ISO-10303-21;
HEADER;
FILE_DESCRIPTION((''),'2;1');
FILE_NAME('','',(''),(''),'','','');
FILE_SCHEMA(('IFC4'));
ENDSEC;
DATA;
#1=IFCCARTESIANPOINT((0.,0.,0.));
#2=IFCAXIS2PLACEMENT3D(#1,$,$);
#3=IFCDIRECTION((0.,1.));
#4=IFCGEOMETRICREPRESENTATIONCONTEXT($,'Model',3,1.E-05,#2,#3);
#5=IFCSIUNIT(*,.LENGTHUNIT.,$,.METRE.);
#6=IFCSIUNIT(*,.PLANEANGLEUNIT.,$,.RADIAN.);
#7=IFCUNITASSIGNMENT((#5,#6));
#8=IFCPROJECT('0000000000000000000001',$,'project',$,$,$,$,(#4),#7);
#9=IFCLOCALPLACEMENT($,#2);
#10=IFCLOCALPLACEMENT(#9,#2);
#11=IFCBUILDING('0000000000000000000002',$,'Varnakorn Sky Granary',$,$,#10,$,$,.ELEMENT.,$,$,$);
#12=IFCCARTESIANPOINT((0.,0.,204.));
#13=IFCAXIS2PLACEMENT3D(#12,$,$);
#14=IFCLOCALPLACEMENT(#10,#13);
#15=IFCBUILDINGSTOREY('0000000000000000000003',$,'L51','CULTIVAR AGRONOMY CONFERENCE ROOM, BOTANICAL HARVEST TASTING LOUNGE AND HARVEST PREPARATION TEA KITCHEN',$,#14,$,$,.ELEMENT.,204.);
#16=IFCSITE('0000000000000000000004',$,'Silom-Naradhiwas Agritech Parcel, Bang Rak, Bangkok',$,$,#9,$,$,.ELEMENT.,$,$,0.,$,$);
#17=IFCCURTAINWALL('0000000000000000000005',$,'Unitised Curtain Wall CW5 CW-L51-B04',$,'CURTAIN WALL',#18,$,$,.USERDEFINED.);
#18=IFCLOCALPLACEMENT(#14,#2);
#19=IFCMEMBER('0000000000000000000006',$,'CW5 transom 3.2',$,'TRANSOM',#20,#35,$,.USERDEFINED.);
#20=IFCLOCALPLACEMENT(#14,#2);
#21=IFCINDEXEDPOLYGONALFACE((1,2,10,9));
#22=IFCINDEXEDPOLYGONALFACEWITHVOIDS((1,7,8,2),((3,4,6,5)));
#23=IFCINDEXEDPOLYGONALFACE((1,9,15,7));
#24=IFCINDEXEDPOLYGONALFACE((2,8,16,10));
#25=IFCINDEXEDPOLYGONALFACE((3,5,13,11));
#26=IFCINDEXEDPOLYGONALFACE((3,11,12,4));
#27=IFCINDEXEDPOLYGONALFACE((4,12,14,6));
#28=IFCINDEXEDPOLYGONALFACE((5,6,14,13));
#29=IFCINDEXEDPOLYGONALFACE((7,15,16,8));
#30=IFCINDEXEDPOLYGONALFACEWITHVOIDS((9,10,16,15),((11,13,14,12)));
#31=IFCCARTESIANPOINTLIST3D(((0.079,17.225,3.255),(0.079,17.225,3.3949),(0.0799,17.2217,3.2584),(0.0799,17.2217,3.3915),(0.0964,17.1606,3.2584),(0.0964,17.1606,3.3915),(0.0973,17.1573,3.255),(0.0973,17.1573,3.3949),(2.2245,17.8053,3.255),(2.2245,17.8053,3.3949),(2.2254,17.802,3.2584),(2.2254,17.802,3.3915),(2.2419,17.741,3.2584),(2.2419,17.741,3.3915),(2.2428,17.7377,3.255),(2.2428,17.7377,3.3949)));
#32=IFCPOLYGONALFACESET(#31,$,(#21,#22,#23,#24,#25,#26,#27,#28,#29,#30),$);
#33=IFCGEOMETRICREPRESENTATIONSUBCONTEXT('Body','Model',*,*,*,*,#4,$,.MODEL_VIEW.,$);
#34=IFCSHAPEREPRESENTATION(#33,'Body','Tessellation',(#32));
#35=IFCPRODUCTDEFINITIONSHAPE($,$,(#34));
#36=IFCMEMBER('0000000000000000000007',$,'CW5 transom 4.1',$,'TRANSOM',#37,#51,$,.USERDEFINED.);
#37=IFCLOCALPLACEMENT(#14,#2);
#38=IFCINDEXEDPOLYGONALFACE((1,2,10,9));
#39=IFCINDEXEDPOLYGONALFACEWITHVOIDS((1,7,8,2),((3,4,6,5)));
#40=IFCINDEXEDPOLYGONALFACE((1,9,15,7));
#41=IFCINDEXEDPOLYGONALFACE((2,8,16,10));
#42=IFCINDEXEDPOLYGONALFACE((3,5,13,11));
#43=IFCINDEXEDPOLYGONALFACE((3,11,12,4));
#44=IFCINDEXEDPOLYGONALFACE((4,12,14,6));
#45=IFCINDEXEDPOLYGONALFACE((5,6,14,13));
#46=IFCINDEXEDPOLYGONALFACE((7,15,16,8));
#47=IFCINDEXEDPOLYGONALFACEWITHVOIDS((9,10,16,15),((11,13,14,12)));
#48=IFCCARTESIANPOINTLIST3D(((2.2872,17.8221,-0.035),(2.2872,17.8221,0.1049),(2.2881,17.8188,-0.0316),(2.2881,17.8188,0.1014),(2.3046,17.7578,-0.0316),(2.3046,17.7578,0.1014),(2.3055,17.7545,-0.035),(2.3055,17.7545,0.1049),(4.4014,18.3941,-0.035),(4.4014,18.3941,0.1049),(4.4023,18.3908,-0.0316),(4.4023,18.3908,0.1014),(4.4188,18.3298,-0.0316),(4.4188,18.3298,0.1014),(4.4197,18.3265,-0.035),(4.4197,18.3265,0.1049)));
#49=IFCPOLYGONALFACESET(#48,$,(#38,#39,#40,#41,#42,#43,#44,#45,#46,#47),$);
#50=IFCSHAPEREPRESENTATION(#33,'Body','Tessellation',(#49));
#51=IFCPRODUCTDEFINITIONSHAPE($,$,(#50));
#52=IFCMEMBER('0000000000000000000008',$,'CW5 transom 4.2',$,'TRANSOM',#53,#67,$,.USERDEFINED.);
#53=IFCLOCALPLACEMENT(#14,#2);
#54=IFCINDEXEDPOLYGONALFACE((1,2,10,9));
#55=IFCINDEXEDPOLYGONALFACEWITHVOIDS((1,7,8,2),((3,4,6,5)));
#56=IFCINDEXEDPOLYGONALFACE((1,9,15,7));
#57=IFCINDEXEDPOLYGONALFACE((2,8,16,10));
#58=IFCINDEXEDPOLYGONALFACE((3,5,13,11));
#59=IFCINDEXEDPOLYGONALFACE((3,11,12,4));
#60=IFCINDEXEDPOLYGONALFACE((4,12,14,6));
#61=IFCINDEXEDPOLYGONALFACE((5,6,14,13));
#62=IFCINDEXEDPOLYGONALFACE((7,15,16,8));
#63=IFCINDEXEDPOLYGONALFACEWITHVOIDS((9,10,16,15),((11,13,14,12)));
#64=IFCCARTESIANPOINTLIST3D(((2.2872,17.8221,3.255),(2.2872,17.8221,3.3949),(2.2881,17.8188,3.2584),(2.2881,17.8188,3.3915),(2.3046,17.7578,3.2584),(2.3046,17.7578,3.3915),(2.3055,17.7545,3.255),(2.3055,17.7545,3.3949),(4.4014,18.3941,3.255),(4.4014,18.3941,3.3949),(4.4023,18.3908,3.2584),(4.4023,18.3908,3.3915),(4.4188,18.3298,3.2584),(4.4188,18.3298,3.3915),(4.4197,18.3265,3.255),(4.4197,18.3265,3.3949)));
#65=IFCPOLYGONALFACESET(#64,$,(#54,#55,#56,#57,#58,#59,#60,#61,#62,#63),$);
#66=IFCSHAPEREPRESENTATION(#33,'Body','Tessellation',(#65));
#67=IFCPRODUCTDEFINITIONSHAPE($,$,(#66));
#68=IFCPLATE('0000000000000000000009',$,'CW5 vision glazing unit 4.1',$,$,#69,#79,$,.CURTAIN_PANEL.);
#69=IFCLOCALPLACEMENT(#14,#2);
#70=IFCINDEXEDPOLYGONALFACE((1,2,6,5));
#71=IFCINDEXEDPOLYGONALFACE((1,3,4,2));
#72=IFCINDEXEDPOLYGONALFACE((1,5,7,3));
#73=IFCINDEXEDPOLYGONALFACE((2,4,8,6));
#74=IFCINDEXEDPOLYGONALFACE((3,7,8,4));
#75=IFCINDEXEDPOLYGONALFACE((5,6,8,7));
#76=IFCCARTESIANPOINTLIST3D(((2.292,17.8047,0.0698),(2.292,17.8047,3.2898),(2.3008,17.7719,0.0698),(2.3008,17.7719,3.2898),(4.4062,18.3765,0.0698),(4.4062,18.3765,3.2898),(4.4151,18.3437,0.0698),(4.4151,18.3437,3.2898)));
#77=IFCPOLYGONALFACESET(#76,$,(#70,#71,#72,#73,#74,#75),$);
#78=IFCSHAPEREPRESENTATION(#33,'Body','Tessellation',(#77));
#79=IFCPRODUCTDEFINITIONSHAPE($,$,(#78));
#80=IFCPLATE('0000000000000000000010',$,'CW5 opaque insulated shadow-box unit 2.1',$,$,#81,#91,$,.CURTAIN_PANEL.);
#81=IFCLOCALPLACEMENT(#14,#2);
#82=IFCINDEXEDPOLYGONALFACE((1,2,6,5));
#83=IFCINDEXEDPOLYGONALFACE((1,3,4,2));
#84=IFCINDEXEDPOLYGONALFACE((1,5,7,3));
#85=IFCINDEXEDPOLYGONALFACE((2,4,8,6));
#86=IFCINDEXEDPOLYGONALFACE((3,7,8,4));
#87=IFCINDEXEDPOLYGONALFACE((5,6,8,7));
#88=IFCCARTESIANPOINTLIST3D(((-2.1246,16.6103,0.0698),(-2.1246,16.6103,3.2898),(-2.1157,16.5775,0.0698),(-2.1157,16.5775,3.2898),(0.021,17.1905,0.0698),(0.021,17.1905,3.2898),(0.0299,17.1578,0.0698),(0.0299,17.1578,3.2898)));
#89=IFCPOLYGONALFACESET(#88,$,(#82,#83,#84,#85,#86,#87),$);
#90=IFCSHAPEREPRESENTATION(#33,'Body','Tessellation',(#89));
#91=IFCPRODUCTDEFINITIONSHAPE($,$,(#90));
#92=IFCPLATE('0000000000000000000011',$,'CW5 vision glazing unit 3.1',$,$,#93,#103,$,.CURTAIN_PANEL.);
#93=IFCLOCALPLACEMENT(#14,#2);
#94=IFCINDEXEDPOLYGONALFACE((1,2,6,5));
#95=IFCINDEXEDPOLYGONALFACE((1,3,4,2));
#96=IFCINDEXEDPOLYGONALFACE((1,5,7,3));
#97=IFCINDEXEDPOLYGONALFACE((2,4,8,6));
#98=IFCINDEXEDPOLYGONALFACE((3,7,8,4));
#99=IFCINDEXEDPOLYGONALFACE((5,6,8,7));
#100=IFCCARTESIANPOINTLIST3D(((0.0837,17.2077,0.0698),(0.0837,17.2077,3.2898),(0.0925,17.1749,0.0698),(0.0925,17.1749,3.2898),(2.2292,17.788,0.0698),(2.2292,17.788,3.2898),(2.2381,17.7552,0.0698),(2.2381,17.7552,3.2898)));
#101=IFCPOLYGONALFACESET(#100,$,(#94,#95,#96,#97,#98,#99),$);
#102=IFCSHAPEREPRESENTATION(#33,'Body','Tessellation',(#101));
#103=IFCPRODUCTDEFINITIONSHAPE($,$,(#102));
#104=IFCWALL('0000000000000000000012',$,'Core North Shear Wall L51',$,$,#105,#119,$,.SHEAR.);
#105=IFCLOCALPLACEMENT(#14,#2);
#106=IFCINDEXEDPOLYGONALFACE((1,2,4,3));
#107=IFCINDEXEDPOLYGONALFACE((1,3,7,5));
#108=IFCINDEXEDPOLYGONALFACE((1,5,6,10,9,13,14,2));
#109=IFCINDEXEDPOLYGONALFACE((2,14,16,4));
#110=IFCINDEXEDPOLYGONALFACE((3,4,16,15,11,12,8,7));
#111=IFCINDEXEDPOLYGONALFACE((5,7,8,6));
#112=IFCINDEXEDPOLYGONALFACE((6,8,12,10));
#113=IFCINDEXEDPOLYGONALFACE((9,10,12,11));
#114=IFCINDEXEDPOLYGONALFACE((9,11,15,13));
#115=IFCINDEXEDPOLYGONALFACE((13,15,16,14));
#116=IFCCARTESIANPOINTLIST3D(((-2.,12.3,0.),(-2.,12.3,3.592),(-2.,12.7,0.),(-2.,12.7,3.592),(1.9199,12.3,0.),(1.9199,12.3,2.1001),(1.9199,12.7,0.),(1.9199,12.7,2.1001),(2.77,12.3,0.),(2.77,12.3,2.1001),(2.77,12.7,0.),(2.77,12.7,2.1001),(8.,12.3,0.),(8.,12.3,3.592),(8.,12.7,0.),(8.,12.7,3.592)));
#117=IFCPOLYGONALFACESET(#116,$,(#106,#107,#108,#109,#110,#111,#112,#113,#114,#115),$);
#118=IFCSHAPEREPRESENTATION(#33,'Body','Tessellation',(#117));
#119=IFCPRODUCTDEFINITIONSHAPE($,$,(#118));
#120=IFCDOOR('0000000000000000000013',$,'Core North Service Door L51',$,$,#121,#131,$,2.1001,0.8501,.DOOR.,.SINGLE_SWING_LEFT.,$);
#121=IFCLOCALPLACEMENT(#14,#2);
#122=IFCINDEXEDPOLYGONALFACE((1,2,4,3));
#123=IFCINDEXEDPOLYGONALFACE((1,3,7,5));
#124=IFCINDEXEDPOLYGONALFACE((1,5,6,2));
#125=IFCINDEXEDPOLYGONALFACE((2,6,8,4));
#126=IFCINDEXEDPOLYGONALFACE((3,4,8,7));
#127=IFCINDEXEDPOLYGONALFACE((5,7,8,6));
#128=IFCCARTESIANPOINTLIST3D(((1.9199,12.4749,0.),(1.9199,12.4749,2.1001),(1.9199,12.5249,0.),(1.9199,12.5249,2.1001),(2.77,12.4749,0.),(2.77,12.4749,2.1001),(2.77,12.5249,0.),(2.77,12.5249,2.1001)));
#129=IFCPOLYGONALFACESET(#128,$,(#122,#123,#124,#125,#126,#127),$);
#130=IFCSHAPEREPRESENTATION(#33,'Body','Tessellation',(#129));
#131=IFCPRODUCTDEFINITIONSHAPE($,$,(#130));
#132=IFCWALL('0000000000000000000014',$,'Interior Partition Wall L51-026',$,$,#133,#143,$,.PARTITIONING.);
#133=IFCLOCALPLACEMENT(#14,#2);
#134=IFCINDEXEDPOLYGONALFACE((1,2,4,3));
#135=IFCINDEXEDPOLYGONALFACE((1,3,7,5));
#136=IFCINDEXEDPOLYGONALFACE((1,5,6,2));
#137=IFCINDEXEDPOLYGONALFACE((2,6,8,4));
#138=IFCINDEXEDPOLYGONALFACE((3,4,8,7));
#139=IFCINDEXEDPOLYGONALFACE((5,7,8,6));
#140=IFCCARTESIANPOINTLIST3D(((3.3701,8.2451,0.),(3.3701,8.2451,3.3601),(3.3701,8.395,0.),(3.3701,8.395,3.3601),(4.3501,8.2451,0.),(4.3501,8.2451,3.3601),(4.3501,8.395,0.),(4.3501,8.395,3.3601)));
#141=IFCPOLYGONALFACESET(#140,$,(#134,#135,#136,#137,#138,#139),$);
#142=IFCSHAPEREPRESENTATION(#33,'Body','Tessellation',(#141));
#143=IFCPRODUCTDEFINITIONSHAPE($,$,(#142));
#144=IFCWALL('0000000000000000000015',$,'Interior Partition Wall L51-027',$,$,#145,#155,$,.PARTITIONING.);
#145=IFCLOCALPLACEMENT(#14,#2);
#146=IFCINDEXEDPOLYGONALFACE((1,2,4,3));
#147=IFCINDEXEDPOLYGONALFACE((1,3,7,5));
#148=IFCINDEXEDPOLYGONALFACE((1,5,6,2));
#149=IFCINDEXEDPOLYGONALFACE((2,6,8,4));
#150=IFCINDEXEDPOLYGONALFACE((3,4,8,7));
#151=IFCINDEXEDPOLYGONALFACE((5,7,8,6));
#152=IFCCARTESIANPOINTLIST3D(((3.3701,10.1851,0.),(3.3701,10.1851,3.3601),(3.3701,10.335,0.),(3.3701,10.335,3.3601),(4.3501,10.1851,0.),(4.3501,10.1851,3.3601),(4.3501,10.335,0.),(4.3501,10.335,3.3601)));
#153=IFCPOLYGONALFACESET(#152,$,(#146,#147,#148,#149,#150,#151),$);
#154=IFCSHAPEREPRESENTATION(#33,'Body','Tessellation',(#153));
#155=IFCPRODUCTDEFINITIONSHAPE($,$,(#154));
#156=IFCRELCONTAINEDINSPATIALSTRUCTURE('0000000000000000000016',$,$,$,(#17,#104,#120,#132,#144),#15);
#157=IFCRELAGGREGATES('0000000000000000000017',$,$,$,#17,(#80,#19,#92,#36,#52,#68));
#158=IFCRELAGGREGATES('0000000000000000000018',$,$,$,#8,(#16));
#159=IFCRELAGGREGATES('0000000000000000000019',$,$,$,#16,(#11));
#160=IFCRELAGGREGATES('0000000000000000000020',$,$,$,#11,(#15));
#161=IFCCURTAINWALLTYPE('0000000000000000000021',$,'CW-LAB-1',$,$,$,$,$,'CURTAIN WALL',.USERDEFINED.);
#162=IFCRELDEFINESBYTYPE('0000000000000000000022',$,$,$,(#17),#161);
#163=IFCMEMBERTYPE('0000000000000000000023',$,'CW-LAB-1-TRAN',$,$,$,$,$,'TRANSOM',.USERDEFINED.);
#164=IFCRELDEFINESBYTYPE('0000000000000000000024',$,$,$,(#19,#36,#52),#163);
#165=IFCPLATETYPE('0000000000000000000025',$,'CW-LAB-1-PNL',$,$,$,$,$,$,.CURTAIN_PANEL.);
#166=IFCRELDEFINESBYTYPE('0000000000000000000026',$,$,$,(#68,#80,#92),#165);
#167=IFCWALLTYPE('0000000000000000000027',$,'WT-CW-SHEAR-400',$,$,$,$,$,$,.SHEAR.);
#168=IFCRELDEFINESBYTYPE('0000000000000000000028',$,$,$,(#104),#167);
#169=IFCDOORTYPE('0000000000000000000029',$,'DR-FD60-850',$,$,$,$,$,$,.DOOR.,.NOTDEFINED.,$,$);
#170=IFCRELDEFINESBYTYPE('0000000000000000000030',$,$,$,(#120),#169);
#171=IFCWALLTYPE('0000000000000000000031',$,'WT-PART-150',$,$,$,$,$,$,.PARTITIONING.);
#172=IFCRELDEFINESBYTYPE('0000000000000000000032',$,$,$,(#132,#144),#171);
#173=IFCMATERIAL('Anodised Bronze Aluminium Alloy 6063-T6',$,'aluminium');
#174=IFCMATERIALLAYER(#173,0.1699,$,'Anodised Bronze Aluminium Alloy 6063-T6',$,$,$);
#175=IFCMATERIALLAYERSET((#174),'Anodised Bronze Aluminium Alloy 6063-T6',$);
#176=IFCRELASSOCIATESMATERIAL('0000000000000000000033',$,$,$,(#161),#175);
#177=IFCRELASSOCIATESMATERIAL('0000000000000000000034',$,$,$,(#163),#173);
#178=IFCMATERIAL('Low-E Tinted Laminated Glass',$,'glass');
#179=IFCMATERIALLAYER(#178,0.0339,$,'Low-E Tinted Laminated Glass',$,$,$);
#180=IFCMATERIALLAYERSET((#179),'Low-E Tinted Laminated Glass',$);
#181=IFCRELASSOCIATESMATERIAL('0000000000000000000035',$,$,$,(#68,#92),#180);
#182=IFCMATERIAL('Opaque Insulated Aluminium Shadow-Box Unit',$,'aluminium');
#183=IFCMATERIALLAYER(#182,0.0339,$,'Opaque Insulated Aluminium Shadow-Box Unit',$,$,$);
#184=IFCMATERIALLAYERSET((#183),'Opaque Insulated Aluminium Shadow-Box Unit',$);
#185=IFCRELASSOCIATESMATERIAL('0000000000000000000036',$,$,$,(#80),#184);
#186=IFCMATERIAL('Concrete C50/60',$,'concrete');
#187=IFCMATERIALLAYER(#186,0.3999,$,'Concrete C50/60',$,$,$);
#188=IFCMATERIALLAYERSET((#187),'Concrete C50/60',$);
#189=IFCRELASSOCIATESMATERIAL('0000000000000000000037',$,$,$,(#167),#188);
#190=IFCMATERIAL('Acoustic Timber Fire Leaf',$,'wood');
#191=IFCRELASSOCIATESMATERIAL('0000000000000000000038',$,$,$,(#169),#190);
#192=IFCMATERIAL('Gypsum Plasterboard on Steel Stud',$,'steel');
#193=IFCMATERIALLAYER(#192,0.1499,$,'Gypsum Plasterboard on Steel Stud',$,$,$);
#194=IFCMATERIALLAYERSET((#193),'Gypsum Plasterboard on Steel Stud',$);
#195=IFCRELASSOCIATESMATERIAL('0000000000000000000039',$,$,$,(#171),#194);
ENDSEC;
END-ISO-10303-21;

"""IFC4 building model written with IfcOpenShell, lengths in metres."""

from ifc_helpers import new_model, si_unit, direction, frame, frame_2d, origin, origin_2d, place, context, subcontext, project, spatial, rectangle, hollow_rectangle, extrude, source, transform, mapped, material, layer, layer_set, material_profile, profile_set, type_object, type_shapes, element, fill, aggregate, save


model = new_model("IFC4")

# Units and contexts
model_context = context("Model", 3, precision=1e-05, world=origin(), true_north=direction((0.0, 1.0)))
body_context = subcontext(model_context, "Body", "Model", "MODEL_VIEW")
ifc_project = project(units=[si_unit("LENGTHUNIT", "METRE"), si_unit("PLANEANGLEUNIT", "RADIAN")], contexts=[model_context])

# Site, building, storey
site_placement = place(None, origin())
site = spatial("IfcSite", under=ifc_project, at=site_placement, Name="Silom-Naradhiwas Agritech Parcel, Bang Rak, Bangkok", CompositionType="ELEMENT", RefElevation=0.0)
building_placement = place(site_placement, origin())
building = spatial("IfcBuilding", under=site, at=building_placement, Name="Varnakorn Sky Granary", CompositionType="ELEMENT")
storey_placement = place(building_placement, frame((0.0, 0.0, 204.0)))
storey = spatial("IfcBuildingStorey", under=building, at=storey_placement, Name="L51", Description="CULTIVAR AGRONOMY CONFERENCE ROOM, BOTANICAL HARVEST TASTING LOUNGE AND HARVEST PREPARATION TEA KITCHEN", CompositionType="ELEMENT", Elevation=204.0)

# Shared definitions
ifc_material_1 = material(Name="Concrete C50/60", Category="concrete")

# Curtain wall, members, plates
ifc_material_2 = material(Name="Anodised Bronze Aluminium Alloy 6063-T6", Category="aluminium")
ifc_layer_1 = layer(ifc_material_2, 0.1699, Name="Anodised Bronze Aluminium Alloy 6063-T6")
ifc_layer_set_1 = layer_set([ifc_layer_1], Name="Anodised Bronze Aluminium Alloy 6063-T6")
curtain_wall_type = type_object("IfcCurtainWallType", Name="CW-LAB-1", ElementType="CURTAIN WALL", PredefinedType="USERDEFINED", material=ifc_layer_set_1)
curtain_wall_placement = place(storey_placement, origin())
curtain_wall = element("IfcCurtainWall", 1, at=curtain_wall_placement, inside=storey, type_object=curtain_wall_type, Name="Unitised Curtain Wall CW5 CW-L51-B04", ObjectType="CURTAIN WALL", PredefinedType="USERDEFINED")
ifc_material_profile_1 = material_profile(ifc_material_2, hollow_rectangle(XDim=0.0701, YDim=0.1399, WallThickness=0.0034, at=origin_2d()), Name="ALU TRAN 70x140")
ifc_profile_set_1 = profile_set([ifc_material_profile_1], Name="Anodised Bronze Aluminium Alloy 6063-T6")
member_type_1 = type_object("IfcMemberType", Name="CW-LAB-1-TRAN", ElementType="TRANSOM", PredefinedType="USERDEFINED", material=ifc_profile_set_1)
member_1_placement = place(storey_placement, frame((0.0881, 17.1912, 3.325), z_axis=(0.965312, 0.2611, 0.0), x_axis=(-0.2611, 0.965312, 0.0)))
member_1 = element("IfcMember", 2, at=member_1_placement, type_object=member_type_1, Name="CW5 transom 3.2", ObjectType="TRANSOM", PredefinedType="USERDEFINED", context=body_context, shape_type="SweptSolid", body=[
    extrude(hollow_rectangle(XDim=0.0701, YDim=0.1399, WallThickness=0.0034, at=origin_2d()), origin(), (0.0, 0.0, 1.0), 2.2227),
])
member_2_placement = place(storey_placement, frame((2.2964, 17.7883, 0.0349), z_axis=(0.965294, 0.261164, 0.0), x_axis=(-0.261164, 0.965294, 0.0)))
member_2 = element("IfcMember", 3, at=member_2_placement, type_object=member_type_1, Name="CW5 transom 4.1", ObjectType="TRANSOM", PredefinedType="USERDEFINED", context=body_context, shape_type="SweptSolid", body=[
    extrude(hollow_rectangle(XDim=0.0701, YDim=0.1399, WallThickness=0.0034, at=origin_2d()), origin(), (0.0, 0.0, 1.0), 2.1902),
])
member_3_placement = place(storey_placement, frame((2.2964, 17.7883, 3.325), z_axis=(0.965294, 0.261164, 0.0), x_axis=(-0.261164, 0.965294, 0.0)))
member_3 = element("IfcMember", 4, at=member_3_placement, type_object=member_type_1, Name="CW5 transom 4.2", ObjectType="TRANSOM", PredefinedType="USERDEFINED", context=body_context, shape_type="SweptSolid", body=[
    extrude(hollow_rectangle(XDim=0.0701, YDim=0.1399, WallThickness=0.0034, at=origin_2d()), origin(), (0.0, 0.0, 1.0), 2.1902),
])
ifc_material_3 = material(Name="Low-E Tinted Laminated Glass", Category="glass")
ifc_layer_2 = layer(ifc_material_3, 0.0339, Name="Low-E Tinted Laminated Glass")
ifc_layer_set_2 = layer_set([ifc_layer_2], Name="Low-E Tinted Laminated Glass")
plate_type = type_object("IfcPlateType", Name="CW-LAB-1-PNL", PredefinedType="CURTAIN_PANEL")
shared_shape_1 = source(origin(), body_context, "Body", "SweptSolid", [
    extrude(rectangle(XDim=2.1902, YDim=0.0339, at=origin_2d()), origin(), (0.0, 0.0, 1.0), 3.22),
])
plate_1_placement = place(storey_placement, frame((3.3535, 18.0742, 0.0698), z_axis=(0.0, 0.0, 1.0), x_axis=(0.96532, 0.261069, 0.0)))
plate_1 = element("IfcPlate", 5, at=plate_1_placement, type_object=plate_type, material=ifc_layer_set_2, Name="CW5 vision glazing unit 4.1", PredefinedType="CURTAIN_PANEL", context=body_context, shape_type="MappedRepresentation", body=[
    mapped(shared_shape_1, transform((0.0, 0.0, 0.0), x_axis=(1.0, 0.0, 0.0), y_axis=(0.0, 1.0, 0.0), z_axis=(0.0, 0.0, 1.0), scale=1.0)),
])
ifc_material_4 = material(Name="Opaque Insulated Aluminium Shadow-Box Unit", Category="aluminium")
ifc_layer_3 = layer(ifc_material_4, 0.0339, Name="Opaque Insulated Aluminium Shadow-Box Unit")
ifc_layer_set_3 = layer_set([ifc_layer_3], Name="Opaque Insulated Aluminium Shadow-Box Unit")
shared_shape_2 = source(origin(), body_context, "Body", "SweptSolid", [
    extrude(rectangle(XDim=2.2227, YDim=0.0339, at=origin_2d()), origin(), (0.0, 0.0, 1.0), 3.22),
])
type_shapes(plate_type, [shared_shape_1, shared_shape_2])
plate_2_placement = place(storey_placement, frame((-1.0474, 16.884, 0.0698), z_axis=(0.0, 0.0, 1.0), x_axis=(0.96532, 0.261069, 0.0)))
plate_2 = element("IfcPlate", 6, at=plate_2_placement, type_object=plate_type, material=ifc_layer_set_3, Name="CW5 opaque insulated shadow-box unit 2.1", PredefinedType="CURTAIN_PANEL", context=body_context, shape_type="MappedRepresentation", body=[
    mapped(shared_shape_2, transform((0.0, 0.0, 0.0), x_axis=(1.0, 0.0, 0.0), y_axis=(0.0, 1.0, 0.0), z_axis=(0.0, 0.0, 1.0), scale=1.0)),
])
plate_3_placement = place(storey_placement, frame((1.1609, 17.4814, 0.0698), z_axis=(0.0, 0.0, 1.0), x_axis=(0.96532, 0.261069, 0.0)))
plate_3 = element("IfcPlate", 7, at=plate_3_placement, type_object=plate_type, material=ifc_layer_set_2, Name="CW5 vision glazing unit 3.1", PredefinedType="CURTAIN_PANEL", context=body_context, shape_type="MappedRepresentation", body=[
    mapped(shared_shape_2, transform((0.0, 0.0, 0.0), x_axis=(1.0, 0.0, 0.0), y_axis=(0.0, 1.0, 0.0), z_axis=(0.0, 0.0, 1.0), scale=1.0)),
])
aggregate(curtain_wall, [plate_2, member_1, plate_3, member_2, member_3, plate_1])

# Wall, opening, door
ifc_layer_4 = layer(ifc_material_1, 0.3999, Name="Concrete C50/60")
ifc_layer_set_4 = layer_set([ifc_layer_4], Name="Concrete C50/60")
wall_type_1 = type_object("IfcWallType", Name="WT-CW-SHEAR-400", PredefinedType="SHEAR", material=ifc_layer_set_4)
wall_1_placement = place(storey_placement, frame((-2.0, 12.5, 0.0), z_axis=(0.0, 0.0, 1.0), x_axis=(1.0, 0.0, 0.0)))
wall_1 = element("IfcWall", 8, at=wall_1_placement, inside=storey, type_object=wall_type_1, Name="Core North Shear Wall L51", PredefinedType="SHEAR", context=body_context, shape_type="SweptSolid", body=[
    extrude(rectangle(XDim=10.0, YDim=0.3999, at=frame_2d((5.0, 0.0))), origin(), (0.0, 0.0, 1.0), 3.592),
])
opening_1_placement = place(wall_1_placement, frame((3.9199, 0.0, 0.0)))
opening_1 = element("IfcOpeningElement", 9, at=opening_1_placement, cuts=wall_1, PredefinedType="OPENING", context=body_context, shape_type="SweptSolid", body=[
    extrude(rectangle(XDim=0.8501, YDim=2.1001, at=frame_2d((0.425, 1.05))), frame((0.0, 0.21, 0.0), z_axis=(0.0, -1.0, 0.0), x_axis=(1.0, 0.0, 0.0)), (0.0, 0.0, 1.0), 0.4199),
])
ifc_material_5 = material(Name="Acoustic Timber Fire Leaf", Category="wood")
door_type_1 = type_object("IfcDoorType", Name="DR-FD60-850", OperationType="NOTDEFINED", PredefinedType="DOOR", material=ifc_material_5)
door_1_placement = place(opening_1_placement, origin())
door_1 = element("IfcDoor", 10, at=door_1_placement, inside=storey, type_object=door_type_1, Name="Core North Service Door L51", OperationType="SINGLE_SWING_LEFT", OverallHeight=2.1001, OverallWidth=0.8501, PredefinedType="DOOR", context=body_context, shape_type="SweptSolid", body=[
    extrude(rectangle(XDim=0.8501, YDim=2.1001, at=frame_2d((0.425, 1.05))), frame((0.0, 0.0249, 0.0), z_axis=(0.0, -1.0, 0.0), x_axis=(1.0, 0.0, 0.0)), (0.0, 0.0, 1.0), 0.05),
])
fill(opening_1, door_1)

# Walls
ifc_material_6 = material(Name="Gypsum Plasterboard on Steel Stud", Category="steel")
ifc_layer_5 = layer(ifc_material_6, 0.1499, Name="Gypsum Plasterboard on Steel Stud")
ifc_layer_set_5 = layer_set([ifc_layer_5], Name="Gypsum Plasterboard on Steel Stud")
wall_type_2 = type_object("IfcWallType", Name="WT-PART-150", PredefinedType="PARTITIONING", material=ifc_layer_set_5)
for number, where, z_axis, x_axis, name in (
    (11, (3.3701, 8.3201, 0.0), (0.0, 0.0, 1.0), (1.0, 0.0, 0.0), "Interior Partition Wall L51-026"),
    (12, (3.3701, 10.26, 0.0), (0.0, 0.0, 1.0), (1.0, 0.0, 0.0), "Interior Partition Wall L51-027"),
):
    element("IfcWall", number, at=place(storey_placement, frame(where, z_axis=z_axis, x_axis=x_axis)), inside=storey, type_object=wall_type_2, Name=name, PredefinedType="PARTITIONING", context=body_context, shape_type="SweptSolid", body=[
        extrude(rectangle(XDim=0.98, YDim=0.1499, at=frame_2d((0.49, 0.0))), origin(), (0.0, 0.0, 1.0), 3.3601),
    ])

save(model, "model.ifc")
